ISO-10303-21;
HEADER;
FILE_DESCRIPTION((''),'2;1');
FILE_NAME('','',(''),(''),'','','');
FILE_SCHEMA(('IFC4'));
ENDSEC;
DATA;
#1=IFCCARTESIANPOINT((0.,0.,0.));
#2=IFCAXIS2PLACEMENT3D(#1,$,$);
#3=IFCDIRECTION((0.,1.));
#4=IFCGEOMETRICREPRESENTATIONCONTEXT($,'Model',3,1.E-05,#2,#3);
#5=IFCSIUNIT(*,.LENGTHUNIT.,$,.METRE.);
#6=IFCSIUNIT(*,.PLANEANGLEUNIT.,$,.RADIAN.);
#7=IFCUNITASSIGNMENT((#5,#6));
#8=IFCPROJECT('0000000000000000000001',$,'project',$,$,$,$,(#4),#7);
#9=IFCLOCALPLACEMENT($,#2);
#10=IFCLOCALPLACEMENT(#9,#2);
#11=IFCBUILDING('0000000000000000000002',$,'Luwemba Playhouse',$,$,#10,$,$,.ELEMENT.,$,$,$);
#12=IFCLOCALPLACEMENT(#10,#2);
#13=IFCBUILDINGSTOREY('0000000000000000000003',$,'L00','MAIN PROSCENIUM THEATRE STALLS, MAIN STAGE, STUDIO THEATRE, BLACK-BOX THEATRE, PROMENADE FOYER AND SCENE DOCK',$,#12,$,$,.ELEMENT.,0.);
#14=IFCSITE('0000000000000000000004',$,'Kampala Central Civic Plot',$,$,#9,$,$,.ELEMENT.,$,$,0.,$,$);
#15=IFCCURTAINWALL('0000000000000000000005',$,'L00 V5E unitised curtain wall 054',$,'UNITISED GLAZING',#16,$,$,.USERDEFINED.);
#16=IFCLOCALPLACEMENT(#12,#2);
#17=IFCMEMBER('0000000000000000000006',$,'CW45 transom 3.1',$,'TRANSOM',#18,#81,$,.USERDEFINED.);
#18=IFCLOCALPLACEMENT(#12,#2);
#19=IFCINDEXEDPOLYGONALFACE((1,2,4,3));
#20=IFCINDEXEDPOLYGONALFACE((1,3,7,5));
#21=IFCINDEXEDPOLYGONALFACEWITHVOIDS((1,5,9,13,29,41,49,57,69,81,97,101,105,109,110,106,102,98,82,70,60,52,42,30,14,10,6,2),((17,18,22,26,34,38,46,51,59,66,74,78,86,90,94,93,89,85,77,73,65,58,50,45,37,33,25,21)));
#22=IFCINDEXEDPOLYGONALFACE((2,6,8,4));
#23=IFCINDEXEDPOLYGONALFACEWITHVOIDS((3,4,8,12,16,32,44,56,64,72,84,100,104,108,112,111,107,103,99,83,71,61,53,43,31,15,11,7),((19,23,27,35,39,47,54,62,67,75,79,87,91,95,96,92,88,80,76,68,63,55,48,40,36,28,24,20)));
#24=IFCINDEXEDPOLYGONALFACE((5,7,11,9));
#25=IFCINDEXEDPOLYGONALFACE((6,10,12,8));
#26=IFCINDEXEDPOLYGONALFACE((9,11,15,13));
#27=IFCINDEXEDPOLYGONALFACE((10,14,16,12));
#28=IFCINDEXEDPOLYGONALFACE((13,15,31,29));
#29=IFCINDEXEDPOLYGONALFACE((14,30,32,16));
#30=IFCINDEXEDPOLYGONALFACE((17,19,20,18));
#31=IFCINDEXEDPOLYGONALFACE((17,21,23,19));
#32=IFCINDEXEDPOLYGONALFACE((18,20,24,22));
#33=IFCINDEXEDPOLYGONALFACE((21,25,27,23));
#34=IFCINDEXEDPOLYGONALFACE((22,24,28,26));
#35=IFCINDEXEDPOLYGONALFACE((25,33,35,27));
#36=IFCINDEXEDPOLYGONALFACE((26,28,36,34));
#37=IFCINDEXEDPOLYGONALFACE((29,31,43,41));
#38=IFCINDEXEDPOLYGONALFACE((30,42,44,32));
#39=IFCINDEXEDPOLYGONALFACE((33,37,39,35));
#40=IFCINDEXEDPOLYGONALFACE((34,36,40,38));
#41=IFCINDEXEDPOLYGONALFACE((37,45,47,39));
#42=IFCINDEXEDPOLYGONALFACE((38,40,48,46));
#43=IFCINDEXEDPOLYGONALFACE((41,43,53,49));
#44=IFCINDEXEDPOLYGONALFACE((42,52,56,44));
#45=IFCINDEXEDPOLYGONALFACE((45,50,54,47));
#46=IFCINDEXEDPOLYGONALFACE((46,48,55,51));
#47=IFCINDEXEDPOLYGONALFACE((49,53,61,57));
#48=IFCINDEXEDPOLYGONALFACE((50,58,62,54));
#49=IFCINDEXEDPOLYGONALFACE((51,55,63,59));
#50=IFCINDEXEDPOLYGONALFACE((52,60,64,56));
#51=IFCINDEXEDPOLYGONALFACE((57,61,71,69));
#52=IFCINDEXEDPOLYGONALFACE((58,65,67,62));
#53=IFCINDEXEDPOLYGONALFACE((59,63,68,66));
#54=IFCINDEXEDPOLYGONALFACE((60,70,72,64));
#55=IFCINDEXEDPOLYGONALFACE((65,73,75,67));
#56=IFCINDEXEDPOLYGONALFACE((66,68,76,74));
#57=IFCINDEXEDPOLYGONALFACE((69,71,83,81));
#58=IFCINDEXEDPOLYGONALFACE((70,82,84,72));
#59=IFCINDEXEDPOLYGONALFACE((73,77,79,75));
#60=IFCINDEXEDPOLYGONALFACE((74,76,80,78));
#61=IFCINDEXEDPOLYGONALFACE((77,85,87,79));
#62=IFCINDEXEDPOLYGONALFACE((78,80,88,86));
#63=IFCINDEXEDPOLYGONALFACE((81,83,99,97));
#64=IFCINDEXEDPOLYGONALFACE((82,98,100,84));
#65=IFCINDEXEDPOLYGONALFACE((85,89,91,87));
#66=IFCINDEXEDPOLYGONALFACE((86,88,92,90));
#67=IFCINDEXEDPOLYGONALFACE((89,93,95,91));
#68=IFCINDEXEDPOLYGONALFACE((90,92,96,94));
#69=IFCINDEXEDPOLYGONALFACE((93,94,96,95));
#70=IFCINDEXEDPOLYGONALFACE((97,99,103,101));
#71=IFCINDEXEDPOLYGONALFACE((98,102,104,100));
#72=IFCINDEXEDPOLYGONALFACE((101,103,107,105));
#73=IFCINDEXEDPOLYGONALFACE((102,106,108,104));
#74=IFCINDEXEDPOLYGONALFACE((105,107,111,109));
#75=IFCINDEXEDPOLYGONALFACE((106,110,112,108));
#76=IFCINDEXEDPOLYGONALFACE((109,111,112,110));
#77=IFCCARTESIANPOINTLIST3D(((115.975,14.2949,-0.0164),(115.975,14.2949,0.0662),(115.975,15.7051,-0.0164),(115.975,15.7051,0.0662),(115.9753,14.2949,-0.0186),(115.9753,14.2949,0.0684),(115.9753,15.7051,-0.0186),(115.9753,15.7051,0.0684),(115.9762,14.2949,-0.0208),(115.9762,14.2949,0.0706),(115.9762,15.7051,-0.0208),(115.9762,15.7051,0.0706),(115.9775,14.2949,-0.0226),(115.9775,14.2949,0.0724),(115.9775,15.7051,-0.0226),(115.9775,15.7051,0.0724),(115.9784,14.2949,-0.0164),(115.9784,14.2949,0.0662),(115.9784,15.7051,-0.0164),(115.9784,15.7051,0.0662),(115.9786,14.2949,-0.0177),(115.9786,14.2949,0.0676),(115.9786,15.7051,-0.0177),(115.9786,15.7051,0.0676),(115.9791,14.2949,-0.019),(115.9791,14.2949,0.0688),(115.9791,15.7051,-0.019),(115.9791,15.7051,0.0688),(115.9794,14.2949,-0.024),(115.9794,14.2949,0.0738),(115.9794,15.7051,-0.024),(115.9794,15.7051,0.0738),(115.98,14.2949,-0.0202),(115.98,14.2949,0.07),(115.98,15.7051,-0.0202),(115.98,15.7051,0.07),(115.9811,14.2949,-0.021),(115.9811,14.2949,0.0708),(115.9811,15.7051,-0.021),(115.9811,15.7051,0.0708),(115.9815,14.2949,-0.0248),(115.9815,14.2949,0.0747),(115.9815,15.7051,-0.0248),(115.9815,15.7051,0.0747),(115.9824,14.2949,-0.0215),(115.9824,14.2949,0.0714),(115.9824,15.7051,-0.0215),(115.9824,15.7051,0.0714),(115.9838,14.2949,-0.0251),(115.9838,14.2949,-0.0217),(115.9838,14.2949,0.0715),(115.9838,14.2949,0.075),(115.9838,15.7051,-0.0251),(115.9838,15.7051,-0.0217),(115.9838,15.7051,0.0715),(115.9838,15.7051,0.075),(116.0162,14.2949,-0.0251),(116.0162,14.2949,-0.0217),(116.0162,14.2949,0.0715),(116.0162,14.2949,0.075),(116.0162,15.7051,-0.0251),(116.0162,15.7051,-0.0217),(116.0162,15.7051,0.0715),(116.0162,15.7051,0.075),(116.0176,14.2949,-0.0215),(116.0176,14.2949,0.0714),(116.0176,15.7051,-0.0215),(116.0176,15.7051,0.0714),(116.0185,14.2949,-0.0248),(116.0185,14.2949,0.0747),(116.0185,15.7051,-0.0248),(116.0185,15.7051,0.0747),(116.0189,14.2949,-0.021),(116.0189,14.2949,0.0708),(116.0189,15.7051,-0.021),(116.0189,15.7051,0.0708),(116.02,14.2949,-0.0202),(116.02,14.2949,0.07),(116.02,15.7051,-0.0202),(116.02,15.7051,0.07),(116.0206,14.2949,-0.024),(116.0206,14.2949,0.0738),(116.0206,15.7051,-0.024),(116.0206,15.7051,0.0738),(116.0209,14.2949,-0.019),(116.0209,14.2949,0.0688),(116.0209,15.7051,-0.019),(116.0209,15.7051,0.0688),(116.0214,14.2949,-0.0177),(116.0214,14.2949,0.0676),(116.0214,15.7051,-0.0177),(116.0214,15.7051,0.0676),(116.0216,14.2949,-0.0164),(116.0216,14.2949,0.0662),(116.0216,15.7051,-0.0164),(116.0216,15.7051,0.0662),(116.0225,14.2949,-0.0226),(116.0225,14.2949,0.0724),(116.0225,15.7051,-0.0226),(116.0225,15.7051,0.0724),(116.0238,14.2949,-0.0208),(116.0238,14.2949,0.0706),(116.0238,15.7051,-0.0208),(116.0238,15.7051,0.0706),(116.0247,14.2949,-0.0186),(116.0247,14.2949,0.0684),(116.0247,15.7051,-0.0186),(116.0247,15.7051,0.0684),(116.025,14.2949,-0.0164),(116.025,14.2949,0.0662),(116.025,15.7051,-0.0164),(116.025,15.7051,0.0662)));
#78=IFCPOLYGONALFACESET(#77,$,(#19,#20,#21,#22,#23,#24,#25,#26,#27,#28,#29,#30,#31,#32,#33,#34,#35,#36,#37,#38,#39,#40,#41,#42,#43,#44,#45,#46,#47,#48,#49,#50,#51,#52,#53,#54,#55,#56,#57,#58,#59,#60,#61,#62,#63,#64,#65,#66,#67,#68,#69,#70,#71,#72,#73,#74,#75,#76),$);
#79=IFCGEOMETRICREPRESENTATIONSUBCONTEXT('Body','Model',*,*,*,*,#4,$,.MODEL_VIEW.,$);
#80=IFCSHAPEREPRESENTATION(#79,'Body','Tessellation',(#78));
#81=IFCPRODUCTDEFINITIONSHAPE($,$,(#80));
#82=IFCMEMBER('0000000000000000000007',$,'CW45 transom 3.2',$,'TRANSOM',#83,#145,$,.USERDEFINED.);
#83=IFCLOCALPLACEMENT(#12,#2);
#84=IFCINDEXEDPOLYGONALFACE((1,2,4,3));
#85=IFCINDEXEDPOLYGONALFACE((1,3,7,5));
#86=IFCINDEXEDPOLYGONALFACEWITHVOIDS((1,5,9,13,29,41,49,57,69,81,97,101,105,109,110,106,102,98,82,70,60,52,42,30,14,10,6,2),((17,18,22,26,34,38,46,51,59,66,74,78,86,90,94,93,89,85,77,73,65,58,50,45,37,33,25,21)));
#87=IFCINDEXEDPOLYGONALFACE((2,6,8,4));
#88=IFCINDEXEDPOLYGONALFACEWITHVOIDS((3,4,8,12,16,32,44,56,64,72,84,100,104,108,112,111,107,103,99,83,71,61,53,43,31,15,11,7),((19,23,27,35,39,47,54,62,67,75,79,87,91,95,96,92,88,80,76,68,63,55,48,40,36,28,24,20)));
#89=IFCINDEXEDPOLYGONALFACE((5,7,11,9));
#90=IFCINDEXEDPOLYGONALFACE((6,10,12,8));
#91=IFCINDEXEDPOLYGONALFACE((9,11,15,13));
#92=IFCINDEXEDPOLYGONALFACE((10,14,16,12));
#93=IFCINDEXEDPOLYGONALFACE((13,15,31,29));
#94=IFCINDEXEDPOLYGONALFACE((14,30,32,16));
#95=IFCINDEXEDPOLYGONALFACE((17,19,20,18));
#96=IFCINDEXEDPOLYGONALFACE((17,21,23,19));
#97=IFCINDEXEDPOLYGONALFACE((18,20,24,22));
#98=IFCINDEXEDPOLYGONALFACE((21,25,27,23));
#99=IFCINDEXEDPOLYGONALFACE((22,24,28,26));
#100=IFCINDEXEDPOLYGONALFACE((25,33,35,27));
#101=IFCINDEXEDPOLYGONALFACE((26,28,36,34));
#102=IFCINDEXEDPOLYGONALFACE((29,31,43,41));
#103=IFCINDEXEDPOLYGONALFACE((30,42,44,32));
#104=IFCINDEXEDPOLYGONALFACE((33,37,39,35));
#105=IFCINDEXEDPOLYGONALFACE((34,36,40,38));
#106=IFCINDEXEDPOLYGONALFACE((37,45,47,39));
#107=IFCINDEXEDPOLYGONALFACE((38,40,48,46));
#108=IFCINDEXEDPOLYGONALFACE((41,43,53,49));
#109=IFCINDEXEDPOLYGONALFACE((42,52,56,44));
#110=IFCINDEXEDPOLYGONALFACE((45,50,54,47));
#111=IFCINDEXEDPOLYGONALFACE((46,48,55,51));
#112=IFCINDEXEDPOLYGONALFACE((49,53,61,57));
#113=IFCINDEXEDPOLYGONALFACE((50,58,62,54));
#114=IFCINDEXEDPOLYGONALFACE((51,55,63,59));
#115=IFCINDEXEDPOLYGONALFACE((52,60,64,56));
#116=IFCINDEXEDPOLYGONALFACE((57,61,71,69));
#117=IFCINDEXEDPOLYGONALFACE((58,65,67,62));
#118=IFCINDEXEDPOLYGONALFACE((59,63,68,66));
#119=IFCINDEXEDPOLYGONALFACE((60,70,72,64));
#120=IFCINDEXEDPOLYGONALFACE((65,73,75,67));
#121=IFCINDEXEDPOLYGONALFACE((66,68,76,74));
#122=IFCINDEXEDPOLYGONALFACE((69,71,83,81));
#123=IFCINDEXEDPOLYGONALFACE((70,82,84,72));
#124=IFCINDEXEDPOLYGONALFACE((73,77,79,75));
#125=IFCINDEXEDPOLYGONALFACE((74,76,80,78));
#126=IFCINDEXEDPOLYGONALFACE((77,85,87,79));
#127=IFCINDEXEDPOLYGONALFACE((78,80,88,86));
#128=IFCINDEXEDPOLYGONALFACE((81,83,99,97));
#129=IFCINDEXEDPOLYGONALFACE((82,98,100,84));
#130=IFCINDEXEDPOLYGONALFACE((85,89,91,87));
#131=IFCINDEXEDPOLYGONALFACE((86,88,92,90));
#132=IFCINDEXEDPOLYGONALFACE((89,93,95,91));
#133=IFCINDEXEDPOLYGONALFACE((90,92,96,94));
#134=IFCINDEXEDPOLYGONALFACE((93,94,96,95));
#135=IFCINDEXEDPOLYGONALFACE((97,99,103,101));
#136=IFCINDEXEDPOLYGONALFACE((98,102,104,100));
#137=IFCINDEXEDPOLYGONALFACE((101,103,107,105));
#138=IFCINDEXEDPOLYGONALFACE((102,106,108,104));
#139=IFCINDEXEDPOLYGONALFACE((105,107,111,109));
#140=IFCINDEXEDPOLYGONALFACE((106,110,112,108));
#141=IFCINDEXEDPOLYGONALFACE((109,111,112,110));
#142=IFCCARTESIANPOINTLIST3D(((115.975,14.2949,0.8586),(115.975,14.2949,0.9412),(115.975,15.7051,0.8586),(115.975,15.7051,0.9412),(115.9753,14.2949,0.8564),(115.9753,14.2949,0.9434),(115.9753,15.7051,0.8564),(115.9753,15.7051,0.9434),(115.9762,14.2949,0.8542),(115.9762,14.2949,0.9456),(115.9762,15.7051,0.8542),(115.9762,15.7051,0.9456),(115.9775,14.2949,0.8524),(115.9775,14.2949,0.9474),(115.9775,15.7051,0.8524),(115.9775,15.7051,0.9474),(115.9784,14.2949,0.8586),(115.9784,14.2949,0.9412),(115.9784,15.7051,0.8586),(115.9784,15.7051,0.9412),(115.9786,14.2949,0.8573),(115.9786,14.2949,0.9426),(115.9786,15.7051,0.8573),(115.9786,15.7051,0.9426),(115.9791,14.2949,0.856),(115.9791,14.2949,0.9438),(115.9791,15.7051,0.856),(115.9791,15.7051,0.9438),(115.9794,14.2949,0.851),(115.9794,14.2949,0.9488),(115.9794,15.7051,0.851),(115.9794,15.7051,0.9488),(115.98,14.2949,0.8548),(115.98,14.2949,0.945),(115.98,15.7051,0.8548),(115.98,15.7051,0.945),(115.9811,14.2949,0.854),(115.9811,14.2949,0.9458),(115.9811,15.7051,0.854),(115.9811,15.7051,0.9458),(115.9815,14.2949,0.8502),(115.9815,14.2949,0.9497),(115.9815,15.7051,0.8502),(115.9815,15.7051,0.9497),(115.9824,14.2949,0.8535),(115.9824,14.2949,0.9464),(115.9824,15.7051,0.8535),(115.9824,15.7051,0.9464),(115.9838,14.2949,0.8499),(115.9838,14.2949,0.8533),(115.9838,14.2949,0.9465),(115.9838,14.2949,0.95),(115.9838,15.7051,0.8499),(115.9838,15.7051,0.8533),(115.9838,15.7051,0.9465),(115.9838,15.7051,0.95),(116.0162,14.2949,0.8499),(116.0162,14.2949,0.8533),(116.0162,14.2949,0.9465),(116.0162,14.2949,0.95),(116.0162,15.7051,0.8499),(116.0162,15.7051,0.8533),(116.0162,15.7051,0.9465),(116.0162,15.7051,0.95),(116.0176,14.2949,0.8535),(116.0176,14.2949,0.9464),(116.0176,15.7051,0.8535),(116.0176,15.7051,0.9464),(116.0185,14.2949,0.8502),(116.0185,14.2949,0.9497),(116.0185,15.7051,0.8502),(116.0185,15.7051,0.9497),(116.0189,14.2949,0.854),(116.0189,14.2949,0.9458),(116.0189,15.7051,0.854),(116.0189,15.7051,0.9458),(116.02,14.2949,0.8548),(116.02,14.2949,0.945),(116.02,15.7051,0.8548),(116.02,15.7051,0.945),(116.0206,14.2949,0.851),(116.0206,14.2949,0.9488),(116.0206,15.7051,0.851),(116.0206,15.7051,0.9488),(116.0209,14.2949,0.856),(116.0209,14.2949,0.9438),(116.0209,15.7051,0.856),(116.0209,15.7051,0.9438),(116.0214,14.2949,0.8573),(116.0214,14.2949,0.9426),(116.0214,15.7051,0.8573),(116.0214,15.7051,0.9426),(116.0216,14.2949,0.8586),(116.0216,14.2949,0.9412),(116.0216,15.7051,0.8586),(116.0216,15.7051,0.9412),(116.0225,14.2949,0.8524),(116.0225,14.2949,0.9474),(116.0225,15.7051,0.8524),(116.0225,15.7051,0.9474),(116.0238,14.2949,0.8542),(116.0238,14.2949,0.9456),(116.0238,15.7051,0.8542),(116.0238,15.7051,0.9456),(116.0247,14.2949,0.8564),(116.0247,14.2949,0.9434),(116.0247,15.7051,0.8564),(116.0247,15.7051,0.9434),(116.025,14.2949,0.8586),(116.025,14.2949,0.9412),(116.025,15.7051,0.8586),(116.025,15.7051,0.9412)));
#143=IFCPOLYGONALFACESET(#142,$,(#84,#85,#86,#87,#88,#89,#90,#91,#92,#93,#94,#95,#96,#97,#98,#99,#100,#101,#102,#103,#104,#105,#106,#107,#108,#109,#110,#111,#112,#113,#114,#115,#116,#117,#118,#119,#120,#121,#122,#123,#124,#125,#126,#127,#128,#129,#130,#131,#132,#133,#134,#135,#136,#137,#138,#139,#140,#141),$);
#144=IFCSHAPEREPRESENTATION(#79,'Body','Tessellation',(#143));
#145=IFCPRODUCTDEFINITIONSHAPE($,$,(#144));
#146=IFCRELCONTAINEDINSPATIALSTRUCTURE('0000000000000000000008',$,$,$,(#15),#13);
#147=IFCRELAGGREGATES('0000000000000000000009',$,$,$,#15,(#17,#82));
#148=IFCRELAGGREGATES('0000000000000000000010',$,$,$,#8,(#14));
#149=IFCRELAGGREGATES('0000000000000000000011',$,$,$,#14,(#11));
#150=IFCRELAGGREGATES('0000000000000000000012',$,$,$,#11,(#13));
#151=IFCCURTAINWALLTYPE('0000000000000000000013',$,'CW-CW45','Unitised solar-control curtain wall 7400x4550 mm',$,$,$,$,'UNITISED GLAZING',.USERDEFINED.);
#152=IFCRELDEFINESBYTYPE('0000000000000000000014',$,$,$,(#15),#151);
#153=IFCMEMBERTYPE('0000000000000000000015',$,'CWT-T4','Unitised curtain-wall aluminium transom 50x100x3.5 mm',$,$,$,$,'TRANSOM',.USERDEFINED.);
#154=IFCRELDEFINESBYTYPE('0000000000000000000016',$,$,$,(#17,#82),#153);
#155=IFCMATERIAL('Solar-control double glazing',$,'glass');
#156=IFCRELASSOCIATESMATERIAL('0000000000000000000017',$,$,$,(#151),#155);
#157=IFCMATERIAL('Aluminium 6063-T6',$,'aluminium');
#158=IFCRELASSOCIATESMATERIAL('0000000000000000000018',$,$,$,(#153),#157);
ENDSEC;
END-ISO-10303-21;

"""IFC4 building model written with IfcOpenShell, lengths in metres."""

from ifc_helpers import new_model, si_unit, direction, frame, origin, origin_2d, place, context, subcontext, project, spatial, hollow_rectangle, extrude, material, material_profile, profile_set, type_object, element, aggregate, save


model = new_model("IFC4")

# Units and contexts
model_context = context("Model", 3, precision=1e-05, world=origin(), true_north=direction((0.0, 1.0)))
body_context = subcontext(model_context, "Body", "Model", "MODEL_VIEW")
ifc_project = project(units=[si_unit("LENGTHUNIT", "METRE"), si_unit("PLANEANGLEUNIT", "RADIAN")], contexts=[model_context])

# Site, building, storey
site_placement = place(None, origin())
site = spatial("IfcSite", under=ifc_project, at=site_placement, Name="Kampala Central Civic Plot", CompositionType="ELEMENT", RefElevation=0.0)
building_placement = place(site_placement, origin())
building = spatial("IfcBuilding", under=site, at=building_placement, Name="Luwemba Playhouse", CompositionType="ELEMENT")
storey_placement = place(building_placement, origin())
storey = spatial("IfcBuildingStorey", under=building, at=storey_placement, Name="L00", Description="MAIN PROSCENIUM THEATRE STALLS, MAIN STAGE, STUDIO THEATRE, BLACK-BOX THEATRE, PROMENADE FOYER AND SCENE DOCK", CompositionType="ELEMENT", Elevation=0.0)

# Curtain wall, members
ifc_material_1 = material(Name="Solar-control double glazing", Category="glass")
curtain_wall_type = type_object("IfcCurtainWallType", Name="CW-CW45", Description="Unitised solar-control curtain wall 7400x4550 mm", ElementType="UNITISED GLAZING", PredefinedType="USERDEFINED", material=ifc_material_1)
curtain_wall_placement = place(storey_placement, origin())
curtain_wall = element("IfcCurtainWall", 1, at=curtain_wall_placement, inside=storey, type_object=curtain_wall_type, Name="L00 V5E unitised curtain wall 054", ObjectType="UNITISED GLAZING", PredefinedType="USERDEFINED")
ifc_material_2 = material(Name="Aluminium 6063-T6", Category="aluminium")
ifc_material_profile_1 = material_profile(ifc_material_2, hollow_rectangle(XDim=0.05, YDim=0.1001, WallThickness=0.0034, InnerFilletRadius=0.0054, OuterFilletRadius=0.0088, at=origin_2d()))
ifc_profile_set_1 = profile_set([ifc_material_profile_1], Name="Aluminium 6063-T6")
member_type = type_object("IfcMemberType", Name="CWT-T4", Description="Unitised curtain-wall aluminium transom 50x100x3.5 mm", ElementType="TRANSOM", PredefinedType="USERDEFINED", material=ifc_profile_set_1)
member_1_placement = place(storey_placement, frame((116.0, 14.2949, 0.0249), z_axis=(0.0, 1.0, 0.0), x_axis=(-1.0, 0.0, 0.0)))
member_1 = element("IfcMember", 2, at=member_1_placement, type_object=member_type, Name="CW45 transom 3.1", ObjectType="TRANSOM", PredefinedType="USERDEFINED", context=body_context, shape_type="SweptSolid", body=[
    extrude(hollow_rectangle(XDim=0.05, YDim=0.1001, WallThickness=0.0034, InnerFilletRadius=0.0054, OuterFilletRadius=0.0088, at=origin_2d()), origin(), (0.0, 0.0, 1.0), 1.4102),
])
member_2_placement = place(storey_placement, frame((116.0, 14.2949, 0.8999), z_axis=(0.0, 1.0, 0.0), x_axis=(-1.0, 0.0, 0.0)))
member_2 = element("IfcMember", 3, at=member_2_placement, type_object=member_type, Name="CW45 transom 3.2", ObjectType="TRANSOM", PredefinedType="USERDEFINED", context=body_context, shape_type="SweptSolid", body=[
    extrude(hollow_rectangle(XDim=0.05, YDim=0.1001, WallThickness=0.0034, InnerFilletRadius=0.0054, OuterFilletRadius=0.0088, at=origin_2d()), origin(), (0.0, 0.0, 1.0), 1.4102),
])
aggregate(curtain_wall, [member_1, member_2])

save(model, "model.ifc")
